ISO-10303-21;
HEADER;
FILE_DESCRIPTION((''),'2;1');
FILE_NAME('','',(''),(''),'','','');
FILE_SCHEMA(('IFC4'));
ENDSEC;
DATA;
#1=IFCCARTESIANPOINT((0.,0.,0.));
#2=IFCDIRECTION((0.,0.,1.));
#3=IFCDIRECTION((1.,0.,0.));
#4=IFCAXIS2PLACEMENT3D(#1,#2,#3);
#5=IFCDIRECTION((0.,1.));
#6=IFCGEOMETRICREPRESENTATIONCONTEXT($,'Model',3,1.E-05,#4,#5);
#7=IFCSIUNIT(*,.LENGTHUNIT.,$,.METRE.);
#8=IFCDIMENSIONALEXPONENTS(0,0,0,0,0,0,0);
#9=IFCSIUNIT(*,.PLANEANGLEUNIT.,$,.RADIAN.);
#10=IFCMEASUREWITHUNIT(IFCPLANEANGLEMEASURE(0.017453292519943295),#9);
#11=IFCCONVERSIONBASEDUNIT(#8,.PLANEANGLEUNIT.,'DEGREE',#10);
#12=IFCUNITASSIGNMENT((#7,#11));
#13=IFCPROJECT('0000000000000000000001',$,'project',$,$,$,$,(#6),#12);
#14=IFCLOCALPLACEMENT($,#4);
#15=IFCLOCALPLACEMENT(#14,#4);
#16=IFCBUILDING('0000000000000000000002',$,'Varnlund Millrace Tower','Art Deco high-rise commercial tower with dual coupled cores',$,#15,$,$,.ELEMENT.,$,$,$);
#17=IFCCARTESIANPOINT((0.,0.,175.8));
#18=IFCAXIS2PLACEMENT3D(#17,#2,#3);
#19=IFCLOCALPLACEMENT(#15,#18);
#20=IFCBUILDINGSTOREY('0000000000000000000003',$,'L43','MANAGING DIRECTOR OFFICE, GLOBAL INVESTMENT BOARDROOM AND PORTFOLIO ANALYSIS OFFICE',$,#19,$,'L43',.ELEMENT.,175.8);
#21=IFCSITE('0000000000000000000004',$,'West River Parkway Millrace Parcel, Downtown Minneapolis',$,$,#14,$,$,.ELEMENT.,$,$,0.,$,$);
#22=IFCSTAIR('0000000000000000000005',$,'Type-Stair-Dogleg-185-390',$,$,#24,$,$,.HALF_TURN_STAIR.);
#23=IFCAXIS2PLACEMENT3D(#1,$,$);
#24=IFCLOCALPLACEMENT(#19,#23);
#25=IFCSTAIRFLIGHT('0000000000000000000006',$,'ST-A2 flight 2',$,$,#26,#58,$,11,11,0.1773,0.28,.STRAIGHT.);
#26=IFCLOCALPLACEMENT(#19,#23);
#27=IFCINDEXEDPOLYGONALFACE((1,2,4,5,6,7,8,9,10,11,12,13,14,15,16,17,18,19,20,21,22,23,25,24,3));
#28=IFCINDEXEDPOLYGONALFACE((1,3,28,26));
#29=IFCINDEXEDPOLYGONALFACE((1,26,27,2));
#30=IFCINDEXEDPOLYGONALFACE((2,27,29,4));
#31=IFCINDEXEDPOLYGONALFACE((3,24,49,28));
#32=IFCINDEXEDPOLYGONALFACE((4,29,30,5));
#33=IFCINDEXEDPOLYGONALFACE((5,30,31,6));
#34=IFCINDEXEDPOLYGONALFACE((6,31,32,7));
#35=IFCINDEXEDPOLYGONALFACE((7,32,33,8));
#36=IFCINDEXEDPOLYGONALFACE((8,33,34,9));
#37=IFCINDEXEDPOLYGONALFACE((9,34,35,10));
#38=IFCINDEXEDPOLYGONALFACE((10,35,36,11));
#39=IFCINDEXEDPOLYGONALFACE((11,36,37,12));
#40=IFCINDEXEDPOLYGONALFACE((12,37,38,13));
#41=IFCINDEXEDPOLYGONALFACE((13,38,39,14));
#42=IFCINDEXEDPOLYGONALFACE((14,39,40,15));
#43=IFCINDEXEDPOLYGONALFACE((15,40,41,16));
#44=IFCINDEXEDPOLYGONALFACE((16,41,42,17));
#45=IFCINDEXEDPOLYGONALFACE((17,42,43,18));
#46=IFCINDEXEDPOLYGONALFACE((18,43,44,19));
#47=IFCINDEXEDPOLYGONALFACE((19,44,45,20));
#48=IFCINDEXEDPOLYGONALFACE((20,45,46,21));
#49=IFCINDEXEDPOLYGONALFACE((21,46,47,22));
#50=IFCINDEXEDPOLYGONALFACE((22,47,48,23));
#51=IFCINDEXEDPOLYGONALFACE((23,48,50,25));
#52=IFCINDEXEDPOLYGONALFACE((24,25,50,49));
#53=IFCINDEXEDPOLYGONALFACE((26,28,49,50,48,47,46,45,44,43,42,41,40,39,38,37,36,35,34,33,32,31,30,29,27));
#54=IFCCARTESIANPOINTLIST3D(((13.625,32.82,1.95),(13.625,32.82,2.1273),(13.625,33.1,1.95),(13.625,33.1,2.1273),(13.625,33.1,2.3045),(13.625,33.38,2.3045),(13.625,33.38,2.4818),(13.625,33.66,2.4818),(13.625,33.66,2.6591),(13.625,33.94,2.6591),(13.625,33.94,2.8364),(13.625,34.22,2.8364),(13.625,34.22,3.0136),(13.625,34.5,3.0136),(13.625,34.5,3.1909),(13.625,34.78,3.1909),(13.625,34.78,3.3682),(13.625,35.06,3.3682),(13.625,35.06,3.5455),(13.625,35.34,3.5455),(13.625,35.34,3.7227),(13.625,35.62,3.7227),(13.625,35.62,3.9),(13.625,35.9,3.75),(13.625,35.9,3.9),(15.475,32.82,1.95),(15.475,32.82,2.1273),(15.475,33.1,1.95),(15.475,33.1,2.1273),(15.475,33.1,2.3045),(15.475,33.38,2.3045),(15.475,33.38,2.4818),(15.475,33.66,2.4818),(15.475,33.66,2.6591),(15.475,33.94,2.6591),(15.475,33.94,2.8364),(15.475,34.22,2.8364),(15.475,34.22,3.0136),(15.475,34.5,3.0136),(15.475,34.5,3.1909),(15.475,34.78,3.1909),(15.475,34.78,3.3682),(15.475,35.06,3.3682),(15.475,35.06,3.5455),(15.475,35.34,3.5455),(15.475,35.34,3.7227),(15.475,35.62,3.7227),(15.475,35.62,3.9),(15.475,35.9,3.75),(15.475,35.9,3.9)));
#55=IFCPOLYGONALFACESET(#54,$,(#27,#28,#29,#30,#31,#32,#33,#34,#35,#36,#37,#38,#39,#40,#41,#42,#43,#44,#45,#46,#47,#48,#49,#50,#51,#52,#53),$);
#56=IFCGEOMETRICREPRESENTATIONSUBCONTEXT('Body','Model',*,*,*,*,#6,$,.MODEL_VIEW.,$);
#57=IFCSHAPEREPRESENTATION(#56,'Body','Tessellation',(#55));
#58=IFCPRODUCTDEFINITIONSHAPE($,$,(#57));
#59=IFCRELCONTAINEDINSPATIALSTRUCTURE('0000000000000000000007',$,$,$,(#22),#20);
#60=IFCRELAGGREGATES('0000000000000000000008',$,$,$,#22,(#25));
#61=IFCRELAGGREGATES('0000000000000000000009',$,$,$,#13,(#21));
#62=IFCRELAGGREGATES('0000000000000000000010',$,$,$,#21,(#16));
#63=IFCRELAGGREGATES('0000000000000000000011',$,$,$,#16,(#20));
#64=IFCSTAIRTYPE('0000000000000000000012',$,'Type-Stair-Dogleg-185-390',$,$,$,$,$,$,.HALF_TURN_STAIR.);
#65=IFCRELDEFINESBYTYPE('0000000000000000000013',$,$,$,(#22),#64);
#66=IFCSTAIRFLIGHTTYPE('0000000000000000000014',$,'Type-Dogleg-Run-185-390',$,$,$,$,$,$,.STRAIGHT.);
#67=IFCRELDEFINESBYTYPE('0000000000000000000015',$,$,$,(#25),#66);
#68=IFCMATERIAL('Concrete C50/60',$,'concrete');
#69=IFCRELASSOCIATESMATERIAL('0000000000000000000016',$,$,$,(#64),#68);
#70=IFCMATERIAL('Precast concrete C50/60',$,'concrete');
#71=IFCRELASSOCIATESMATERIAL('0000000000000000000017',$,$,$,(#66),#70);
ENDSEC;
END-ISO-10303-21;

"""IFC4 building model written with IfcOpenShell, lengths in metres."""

from ifc_helpers import new_model, entity, si_unit, converted_unit, direction, frame, origin_with_axes, place, context, subcontext, project, spatial, polyline, outline, extrude, material, type_object, element, aggregate, save


model = new_model("IFC4")

# Units and contexts
model_context = context("Model", 3, precision=1e-05, world=origin_with_axes(), true_north=direction((0.0, 1.0)))
body_context = subcontext(model_context, "Body", "Model", "MODEL_VIEW")
ifc_project = project(units=[si_unit("LENGTHUNIT", "METRE"), converted_unit("PLANEANGLEUNIT", "DEGREE", entity("IfcPlaneAngleMeasure", 0.017453292519943295), si_unit("PLANEANGLEUNIT", "RADIAN"), dimensions=[0, 0, 0, 0, 0, 0, 0])], contexts=[model_context])

# Site, building, storey
site_placement = place(None, origin_with_axes())
site = spatial("IfcSite", under=ifc_project, at=site_placement, Name="West River Parkway Millrace Parcel, Downtown Minneapolis", CompositionType="ELEMENT", RefElevation=0.0)
building_placement = place(site_placement, origin_with_axes())
building = spatial("IfcBuilding", under=site, at=building_placement, Name="Varnlund Millrace Tower", Description="Art Deco high-rise commercial tower with dual coupled cores", CompositionType="ELEMENT")
storey_placement = place(building_placement, frame((0.0, 0.0, 175.8), z_axis=(0.0, 0.0, 1.0), x_axis=(1.0, 0.0, 0.0)))
storey = spatial("IfcBuildingStorey", under=building, at=storey_placement, Name="L43", Description="MANAGING DIRECTOR OFFICE, GLOBAL INVESTMENT BOARDROOM AND PORTFOLIO ANALYSIS OFFICE", LongName="L43", CompositionType="ELEMENT", Elevation=175.8)

# Shared definitions
ifc_material_1 = material(Name="Precast concrete C50/60", Category="concrete")

# Stair, stair flight
ifc_material_2 = material(Name="Concrete C50/60", Category="concrete")
stair_type = type_object("IfcStairType", Name="Type-Stair-Dogleg-185-390", PredefinedType="HALF_TURN_STAIR", material=ifc_material_2)
stair_placement = place(storey_placement, origin_with_axes())
stair = element("IfcStair", 1, at=stair_placement, inside=storey, type_object=stair_type, Name="Type-Stair-Dogleg-185-390", PredefinedType="HALF_TURN_STAIR")
stair_flight_type = type_object("IfcStairFlightType", Name="Type-Dogleg-Run-185-390", PredefinedType="STRAIGHT", material=ifc_material_1)
stair_flight_placement = place(storey_placement, frame((13.625, 32.82, 1.95), z_axis=(1.0, 0.0, 0.0), x_axis=(0.0, 1.0, 0.0)))
stair_flight = element("IfcStairFlight", 2, at=stair_flight_placement, type_object=stair_flight_type, Name="ST-A2 flight 2", NumberOfRisers=11, NumberOfTreads=11, PredefinedType="STRAIGHT", RiserHeight=0.1773, TreadLength=0.28, context=body_context, shape_type="SweptSolid", body=[
    extrude(outline(polyline([(0.0, 0.0), (0.0, 0.1773), (0.28, 0.1773), (0.28, 0.3545), (0.56, 0.3545), (0.56, 0.5318), (0.84, 0.5318), (0.84, 0.7091), (1.12, 0.7091), (1.12, 0.8864), (1.4, 0.8864), (1.4, 1.0636), (1.68, 1.0636), (1.68, 1.2409), (1.96, 1.2409), (1.96, 1.4182), (2.24, 1.4182), (2.24, 1.5955), (2.52, 1.5955), (2.52, 1.7727), (2.8, 1.7727), (2.8, 1.95), (3.08, 1.95), (3.08, 1.8), (0.28, 0.0), (0.0, 0.0)])), origin_with_axes(), (0.0, 0.0, 1.0), 1.85),
])
aggregate(stair, [stair_flight])

save(model, "model.ifc")
